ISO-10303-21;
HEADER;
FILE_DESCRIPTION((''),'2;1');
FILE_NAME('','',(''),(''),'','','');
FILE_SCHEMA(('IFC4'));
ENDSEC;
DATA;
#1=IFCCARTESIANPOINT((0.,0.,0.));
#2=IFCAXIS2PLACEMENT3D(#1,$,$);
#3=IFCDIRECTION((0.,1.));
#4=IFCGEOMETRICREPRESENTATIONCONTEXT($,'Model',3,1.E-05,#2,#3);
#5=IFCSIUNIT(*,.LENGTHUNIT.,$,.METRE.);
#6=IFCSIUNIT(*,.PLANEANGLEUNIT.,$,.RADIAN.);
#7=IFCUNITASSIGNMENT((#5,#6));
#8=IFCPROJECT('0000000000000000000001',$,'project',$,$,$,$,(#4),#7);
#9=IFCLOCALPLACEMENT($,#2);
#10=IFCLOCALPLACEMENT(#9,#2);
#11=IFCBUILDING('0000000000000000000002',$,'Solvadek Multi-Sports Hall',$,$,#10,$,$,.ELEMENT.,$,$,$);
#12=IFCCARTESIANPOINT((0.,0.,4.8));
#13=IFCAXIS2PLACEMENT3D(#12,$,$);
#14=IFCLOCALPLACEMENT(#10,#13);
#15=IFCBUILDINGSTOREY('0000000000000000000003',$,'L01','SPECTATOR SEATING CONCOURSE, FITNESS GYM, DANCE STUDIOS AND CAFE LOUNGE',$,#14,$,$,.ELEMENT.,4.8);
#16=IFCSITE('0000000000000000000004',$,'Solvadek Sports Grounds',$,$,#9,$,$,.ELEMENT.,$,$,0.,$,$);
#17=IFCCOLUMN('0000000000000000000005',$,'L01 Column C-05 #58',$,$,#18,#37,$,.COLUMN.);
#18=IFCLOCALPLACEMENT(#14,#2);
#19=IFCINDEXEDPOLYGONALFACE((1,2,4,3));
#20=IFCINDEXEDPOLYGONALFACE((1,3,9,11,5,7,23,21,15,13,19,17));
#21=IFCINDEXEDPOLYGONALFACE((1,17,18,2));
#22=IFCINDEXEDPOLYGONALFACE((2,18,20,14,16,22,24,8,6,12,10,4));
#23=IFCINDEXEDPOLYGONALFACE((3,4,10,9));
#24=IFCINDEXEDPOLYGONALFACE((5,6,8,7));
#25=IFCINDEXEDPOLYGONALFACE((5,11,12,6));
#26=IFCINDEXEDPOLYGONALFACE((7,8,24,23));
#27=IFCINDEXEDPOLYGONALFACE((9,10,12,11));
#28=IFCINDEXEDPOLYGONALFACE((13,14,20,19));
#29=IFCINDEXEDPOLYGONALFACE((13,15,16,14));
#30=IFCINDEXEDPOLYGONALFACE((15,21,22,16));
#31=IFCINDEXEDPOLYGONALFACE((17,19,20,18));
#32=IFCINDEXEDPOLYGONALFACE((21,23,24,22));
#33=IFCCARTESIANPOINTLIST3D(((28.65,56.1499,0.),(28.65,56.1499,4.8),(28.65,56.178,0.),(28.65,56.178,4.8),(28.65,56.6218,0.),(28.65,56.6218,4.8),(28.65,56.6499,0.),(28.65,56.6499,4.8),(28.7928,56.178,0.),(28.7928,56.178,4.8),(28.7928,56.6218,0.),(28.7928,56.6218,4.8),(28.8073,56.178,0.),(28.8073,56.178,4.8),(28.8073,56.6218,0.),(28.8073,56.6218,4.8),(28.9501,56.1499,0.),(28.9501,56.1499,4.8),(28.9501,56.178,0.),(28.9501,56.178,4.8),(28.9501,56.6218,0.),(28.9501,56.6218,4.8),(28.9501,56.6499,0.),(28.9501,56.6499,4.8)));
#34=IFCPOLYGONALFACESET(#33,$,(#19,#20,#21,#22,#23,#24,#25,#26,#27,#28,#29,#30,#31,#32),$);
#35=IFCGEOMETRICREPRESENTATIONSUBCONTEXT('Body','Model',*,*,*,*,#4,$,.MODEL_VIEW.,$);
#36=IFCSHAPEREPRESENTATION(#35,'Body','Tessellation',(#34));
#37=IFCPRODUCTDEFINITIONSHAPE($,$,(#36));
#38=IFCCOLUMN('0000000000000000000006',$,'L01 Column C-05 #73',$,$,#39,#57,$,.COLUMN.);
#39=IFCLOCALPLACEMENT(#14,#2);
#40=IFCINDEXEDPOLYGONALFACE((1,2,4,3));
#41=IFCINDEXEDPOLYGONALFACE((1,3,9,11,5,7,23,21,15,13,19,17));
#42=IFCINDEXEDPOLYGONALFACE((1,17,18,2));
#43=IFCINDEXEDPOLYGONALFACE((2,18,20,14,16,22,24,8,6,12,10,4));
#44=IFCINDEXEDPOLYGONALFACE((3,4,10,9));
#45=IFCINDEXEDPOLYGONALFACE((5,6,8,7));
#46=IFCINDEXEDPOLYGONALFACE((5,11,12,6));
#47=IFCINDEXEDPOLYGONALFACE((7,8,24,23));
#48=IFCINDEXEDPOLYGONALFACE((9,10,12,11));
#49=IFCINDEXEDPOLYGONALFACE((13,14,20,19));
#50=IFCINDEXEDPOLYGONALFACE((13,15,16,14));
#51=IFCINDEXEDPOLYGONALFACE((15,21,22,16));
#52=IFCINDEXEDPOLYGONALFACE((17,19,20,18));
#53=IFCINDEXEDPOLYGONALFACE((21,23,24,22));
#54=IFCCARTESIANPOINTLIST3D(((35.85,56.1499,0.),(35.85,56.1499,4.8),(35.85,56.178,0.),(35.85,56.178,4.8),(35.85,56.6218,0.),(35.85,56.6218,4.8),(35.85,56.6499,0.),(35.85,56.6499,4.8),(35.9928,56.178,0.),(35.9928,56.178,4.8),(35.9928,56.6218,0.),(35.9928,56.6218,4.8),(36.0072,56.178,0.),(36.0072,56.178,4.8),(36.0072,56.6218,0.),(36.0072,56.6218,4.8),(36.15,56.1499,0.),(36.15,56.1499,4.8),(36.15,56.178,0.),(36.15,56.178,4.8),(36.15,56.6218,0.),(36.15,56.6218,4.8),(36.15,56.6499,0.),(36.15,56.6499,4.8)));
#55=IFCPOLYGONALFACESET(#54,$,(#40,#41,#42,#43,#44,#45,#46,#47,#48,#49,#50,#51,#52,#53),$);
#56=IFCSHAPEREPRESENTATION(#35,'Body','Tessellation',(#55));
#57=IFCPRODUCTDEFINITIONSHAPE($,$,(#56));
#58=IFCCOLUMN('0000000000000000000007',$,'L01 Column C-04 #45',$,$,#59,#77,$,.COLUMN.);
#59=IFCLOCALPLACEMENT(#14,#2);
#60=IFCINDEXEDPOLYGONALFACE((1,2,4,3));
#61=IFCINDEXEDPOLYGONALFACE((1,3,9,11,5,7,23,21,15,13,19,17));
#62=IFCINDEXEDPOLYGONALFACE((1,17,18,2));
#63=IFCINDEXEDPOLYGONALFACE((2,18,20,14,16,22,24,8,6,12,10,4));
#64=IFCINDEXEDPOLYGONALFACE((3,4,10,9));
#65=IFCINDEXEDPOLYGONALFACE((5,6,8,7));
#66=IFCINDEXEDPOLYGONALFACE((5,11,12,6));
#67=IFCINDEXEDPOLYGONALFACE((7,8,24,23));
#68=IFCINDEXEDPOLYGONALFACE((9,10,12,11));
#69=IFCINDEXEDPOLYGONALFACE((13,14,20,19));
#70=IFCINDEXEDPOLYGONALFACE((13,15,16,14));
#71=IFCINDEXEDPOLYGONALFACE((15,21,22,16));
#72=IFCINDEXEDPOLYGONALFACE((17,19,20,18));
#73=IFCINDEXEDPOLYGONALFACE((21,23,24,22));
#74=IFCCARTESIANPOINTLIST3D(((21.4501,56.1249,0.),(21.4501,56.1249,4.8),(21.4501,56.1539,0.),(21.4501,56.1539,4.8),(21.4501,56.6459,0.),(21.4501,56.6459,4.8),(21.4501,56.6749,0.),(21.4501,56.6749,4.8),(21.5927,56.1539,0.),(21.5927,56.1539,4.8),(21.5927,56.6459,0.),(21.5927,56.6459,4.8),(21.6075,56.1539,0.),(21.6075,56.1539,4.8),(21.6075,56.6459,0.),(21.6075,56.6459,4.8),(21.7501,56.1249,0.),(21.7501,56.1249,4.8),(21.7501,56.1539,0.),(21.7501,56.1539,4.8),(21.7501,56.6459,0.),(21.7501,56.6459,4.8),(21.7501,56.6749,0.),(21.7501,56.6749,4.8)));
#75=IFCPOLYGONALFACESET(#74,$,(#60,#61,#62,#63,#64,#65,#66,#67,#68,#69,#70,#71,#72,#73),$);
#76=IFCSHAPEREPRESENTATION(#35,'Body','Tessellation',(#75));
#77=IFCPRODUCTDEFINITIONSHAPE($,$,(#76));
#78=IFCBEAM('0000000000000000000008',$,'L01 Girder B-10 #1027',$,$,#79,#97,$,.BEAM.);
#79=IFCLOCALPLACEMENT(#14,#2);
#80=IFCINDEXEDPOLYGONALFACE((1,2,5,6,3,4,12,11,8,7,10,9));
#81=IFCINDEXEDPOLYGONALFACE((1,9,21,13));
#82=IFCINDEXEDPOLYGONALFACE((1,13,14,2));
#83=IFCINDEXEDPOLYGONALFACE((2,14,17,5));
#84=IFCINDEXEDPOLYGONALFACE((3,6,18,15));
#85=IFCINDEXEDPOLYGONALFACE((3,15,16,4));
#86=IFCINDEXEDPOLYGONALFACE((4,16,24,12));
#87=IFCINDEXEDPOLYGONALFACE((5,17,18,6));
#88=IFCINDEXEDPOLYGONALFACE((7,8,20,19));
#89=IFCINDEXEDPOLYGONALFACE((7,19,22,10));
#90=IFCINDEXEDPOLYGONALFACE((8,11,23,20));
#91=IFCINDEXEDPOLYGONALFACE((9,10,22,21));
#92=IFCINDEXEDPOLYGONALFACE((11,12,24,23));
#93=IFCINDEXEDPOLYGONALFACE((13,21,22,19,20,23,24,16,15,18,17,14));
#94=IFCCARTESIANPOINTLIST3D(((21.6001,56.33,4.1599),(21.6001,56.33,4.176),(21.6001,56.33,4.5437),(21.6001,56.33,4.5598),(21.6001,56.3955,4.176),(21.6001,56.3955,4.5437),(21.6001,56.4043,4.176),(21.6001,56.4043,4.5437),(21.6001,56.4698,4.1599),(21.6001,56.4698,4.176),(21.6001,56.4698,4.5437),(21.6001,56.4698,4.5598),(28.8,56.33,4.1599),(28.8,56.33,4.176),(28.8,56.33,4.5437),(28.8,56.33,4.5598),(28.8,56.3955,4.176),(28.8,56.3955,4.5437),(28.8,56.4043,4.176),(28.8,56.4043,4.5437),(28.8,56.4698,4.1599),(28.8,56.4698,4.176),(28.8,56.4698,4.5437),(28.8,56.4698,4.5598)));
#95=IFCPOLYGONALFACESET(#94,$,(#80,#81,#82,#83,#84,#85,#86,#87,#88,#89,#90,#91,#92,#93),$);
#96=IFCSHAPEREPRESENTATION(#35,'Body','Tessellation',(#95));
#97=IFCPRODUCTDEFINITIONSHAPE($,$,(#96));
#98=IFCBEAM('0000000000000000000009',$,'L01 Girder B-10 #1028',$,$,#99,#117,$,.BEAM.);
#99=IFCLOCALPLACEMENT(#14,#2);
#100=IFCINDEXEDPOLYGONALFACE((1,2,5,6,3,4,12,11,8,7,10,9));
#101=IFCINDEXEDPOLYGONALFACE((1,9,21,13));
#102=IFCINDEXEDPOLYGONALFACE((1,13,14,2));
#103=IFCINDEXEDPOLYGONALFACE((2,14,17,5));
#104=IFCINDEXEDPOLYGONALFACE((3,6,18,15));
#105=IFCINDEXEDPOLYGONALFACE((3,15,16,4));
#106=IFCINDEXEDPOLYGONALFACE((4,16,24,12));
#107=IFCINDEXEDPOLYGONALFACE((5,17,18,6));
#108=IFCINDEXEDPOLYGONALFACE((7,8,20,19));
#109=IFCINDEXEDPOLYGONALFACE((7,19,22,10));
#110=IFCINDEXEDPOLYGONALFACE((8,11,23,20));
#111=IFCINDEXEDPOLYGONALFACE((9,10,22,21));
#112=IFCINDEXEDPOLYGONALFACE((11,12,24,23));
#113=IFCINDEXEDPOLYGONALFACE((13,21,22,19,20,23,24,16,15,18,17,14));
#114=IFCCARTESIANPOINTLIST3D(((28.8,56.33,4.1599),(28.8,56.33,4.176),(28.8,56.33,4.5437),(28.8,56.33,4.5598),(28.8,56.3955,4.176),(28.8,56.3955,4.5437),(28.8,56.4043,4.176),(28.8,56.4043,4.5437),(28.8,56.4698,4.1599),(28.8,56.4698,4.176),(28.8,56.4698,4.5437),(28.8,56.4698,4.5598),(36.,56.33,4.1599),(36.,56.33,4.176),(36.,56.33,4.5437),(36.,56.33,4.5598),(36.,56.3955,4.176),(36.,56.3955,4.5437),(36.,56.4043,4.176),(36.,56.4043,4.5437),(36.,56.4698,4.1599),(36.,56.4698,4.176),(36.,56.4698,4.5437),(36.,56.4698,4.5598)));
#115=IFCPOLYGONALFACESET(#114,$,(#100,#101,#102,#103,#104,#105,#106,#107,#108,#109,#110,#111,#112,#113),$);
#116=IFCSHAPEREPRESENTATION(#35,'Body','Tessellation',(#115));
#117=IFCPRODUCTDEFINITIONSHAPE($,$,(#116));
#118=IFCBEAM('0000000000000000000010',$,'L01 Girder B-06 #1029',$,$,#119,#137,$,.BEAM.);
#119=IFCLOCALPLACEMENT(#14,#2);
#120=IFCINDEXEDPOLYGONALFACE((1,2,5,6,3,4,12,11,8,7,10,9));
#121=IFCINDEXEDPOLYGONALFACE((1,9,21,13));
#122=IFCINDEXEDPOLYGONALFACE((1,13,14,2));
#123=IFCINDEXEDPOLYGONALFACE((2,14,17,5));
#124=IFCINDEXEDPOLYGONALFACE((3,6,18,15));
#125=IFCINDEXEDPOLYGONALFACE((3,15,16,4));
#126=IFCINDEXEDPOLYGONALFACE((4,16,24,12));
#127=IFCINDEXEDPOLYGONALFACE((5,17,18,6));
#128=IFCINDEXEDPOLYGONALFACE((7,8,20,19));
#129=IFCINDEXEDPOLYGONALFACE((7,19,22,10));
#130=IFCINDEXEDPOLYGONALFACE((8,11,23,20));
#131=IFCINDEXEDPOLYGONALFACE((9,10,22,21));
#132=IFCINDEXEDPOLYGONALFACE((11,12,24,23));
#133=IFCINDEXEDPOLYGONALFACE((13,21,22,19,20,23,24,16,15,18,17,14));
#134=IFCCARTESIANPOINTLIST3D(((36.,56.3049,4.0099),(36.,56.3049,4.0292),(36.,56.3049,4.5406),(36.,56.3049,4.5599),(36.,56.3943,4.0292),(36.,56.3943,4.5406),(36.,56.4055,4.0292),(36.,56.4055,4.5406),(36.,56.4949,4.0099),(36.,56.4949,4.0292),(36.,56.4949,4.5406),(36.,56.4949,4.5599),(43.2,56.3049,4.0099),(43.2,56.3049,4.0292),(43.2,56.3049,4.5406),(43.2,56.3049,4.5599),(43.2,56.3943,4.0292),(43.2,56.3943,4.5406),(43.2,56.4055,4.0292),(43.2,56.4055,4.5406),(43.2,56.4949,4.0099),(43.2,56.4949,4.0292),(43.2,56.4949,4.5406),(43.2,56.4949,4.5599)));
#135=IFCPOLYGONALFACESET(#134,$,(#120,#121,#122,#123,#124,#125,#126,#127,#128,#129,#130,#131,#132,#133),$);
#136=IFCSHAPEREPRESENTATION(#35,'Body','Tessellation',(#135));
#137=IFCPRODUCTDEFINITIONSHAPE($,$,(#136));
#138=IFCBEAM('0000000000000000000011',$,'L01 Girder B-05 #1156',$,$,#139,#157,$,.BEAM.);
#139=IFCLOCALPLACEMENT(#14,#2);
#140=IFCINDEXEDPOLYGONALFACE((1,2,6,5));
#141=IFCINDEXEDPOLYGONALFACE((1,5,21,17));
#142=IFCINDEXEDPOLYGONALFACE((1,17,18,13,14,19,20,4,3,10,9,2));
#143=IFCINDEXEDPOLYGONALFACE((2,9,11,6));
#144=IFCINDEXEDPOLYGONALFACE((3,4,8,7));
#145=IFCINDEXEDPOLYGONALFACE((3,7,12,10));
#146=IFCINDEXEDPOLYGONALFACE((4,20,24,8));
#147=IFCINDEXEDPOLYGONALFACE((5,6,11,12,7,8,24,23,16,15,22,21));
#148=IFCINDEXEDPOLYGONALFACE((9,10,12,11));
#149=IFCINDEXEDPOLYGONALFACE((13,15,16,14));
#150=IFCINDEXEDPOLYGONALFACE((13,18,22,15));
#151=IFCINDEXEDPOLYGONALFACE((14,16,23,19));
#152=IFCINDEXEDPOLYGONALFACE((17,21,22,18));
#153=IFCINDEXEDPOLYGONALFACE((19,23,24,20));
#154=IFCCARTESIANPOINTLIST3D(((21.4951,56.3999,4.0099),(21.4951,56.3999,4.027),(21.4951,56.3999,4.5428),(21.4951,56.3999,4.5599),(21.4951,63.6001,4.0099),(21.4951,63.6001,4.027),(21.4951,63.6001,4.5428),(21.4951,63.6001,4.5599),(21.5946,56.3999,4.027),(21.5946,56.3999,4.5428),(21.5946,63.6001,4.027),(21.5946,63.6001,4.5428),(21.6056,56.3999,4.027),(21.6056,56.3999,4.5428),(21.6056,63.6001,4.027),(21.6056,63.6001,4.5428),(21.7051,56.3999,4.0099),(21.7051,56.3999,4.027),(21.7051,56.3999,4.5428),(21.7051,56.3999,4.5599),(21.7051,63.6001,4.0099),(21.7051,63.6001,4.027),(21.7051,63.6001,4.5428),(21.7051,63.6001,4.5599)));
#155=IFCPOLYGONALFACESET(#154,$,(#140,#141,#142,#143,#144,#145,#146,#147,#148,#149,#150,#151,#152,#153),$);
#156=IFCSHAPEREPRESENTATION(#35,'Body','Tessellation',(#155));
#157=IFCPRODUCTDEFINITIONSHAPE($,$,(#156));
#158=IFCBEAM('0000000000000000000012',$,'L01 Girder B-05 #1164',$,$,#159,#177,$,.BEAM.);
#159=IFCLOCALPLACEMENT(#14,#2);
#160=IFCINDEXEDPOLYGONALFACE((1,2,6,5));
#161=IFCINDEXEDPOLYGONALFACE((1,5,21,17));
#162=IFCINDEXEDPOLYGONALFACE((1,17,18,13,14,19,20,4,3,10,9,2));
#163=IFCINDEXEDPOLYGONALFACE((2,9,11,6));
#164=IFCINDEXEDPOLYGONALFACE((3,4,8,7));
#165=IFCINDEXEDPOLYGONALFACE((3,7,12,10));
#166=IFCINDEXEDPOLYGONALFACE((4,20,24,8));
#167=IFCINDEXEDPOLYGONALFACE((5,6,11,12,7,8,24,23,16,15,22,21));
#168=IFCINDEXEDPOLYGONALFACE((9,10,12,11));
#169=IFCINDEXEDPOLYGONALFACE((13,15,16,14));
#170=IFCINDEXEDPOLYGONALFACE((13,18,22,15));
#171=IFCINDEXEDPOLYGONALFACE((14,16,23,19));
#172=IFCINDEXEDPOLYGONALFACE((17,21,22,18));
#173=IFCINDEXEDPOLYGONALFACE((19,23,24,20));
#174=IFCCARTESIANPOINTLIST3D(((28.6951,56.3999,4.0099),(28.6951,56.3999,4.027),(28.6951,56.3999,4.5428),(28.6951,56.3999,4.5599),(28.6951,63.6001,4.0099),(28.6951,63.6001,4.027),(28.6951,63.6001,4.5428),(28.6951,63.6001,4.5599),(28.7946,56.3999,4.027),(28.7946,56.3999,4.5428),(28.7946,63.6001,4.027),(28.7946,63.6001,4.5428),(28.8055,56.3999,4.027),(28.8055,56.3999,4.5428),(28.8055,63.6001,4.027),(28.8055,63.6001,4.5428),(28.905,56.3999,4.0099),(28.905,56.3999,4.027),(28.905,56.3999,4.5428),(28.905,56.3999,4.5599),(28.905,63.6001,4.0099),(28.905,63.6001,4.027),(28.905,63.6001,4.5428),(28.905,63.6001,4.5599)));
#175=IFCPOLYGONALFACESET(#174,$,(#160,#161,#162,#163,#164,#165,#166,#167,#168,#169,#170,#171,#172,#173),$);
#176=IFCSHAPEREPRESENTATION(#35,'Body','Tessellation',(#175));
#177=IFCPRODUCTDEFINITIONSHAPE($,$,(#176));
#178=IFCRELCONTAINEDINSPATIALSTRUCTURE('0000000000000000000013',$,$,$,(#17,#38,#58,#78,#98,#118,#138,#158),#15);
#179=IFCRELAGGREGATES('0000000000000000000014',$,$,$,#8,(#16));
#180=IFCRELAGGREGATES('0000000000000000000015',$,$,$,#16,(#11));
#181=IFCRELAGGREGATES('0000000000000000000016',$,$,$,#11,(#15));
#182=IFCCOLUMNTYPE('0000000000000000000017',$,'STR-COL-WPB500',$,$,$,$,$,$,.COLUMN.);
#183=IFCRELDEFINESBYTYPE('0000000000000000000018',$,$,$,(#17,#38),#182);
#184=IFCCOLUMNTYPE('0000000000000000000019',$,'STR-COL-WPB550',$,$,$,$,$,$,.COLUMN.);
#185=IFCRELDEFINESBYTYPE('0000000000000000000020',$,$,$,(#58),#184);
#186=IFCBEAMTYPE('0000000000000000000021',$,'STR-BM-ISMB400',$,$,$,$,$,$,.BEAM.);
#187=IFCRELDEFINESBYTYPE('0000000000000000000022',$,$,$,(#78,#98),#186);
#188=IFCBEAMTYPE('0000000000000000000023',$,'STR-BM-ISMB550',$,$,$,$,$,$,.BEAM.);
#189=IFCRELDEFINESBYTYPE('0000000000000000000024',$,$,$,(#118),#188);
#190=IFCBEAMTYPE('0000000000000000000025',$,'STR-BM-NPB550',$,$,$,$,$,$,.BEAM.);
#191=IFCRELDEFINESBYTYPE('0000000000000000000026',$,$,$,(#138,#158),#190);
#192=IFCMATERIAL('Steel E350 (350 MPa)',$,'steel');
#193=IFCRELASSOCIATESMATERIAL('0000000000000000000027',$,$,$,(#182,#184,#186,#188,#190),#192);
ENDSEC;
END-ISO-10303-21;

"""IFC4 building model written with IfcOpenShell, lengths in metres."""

from ifc_helpers import new_model, si_unit, direction, frame, origin, origin_2d, place, context, subcontext, project, spatial, i_section, extrude, material, material_profile, profile_set, type_object, element, save


model = new_model("IFC4")

# Units and contexts
model_context = context("Model", 3, precision=1e-05, world=origin(), true_north=direction((0.0, 1.0)))
body_context = subcontext(model_context, "Body", "Model", "MODEL_VIEW")
ifc_project = project(units=[si_unit("LENGTHUNIT", "METRE"), si_unit("PLANEANGLEUNIT", "RADIAN")], contexts=[model_context])

# Site, building, storey
site_placement = place(None, origin())
site = spatial("IfcSite", under=ifc_project, at=site_placement, Name="Solvadek Sports Grounds", CompositionType="ELEMENT", RefElevation=0.0)
building_placement = place(site_placement, origin())
building = spatial("IfcBuilding", under=site, at=building_placement, Name="Solvadek Multi-Sports Hall", CompositionType="ELEMENT")
storey_placement = place(building_placement, frame((0.0, 0.0, 4.8)))
storey = spatial("IfcBuildingStorey", under=building, at=storey_placement, Name="L01", Description="SPECTATOR SEATING CONCOURSE, FITNESS GYM, DANCE STUDIOS AND CAFE LOUNGE", CompositionType="ELEMENT", Elevation=4.8)

# Columns
ifc_material_1 = material(Name="Steel E350 (350 MPa)", Category="steel")
ifc_material_profile_1 = material_profile(ifc_material_1, i_section(OverallWidth=0.3, OverallDepth=0.5, WebThickness=0.0144, FlangeThickness=0.0281, at=origin_2d()), Name="WPB 500")
ifc_profile_set_1 = profile_set([ifc_material_profile_1], Name="Steel E350 (350 MPa)")
column_type_1 = type_object("IfcColumnType", Name="STR-COL-WPB500", PredefinedType="COLUMN", material=ifc_profile_set_1)
for number, where, z_axis, x_axis, name in (
    (1, (28.8, 56.3999, 0.0), (0.0, 0.0, 1.0), (1.0, 0.0, 0.0), "L01 Column C-05 #58"),
    (2, (36.0, 56.3999, 0.0), (0.0, 0.0, 1.0), (1.0, 0.0, 0.0), "L01 Column C-05 #73"),
):
    element("IfcColumn", number, at=place(storey_placement, frame(where, z_axis=z_axis, x_axis=x_axis)), inside=storey, type_object=column_type_1, Name=name, PredefinedType="COLUMN", context=body_context, shape_type="SweptSolid", body=[
        extrude(i_section(OverallWidth=0.3, OverallDepth=0.5, WebThickness=0.0144, FlangeThickness=0.0281, at=origin_2d()), origin(), (0.0, 0.0, 1.0), 4.8),
    ])
ifc_material_profile_2 = material_profile(ifc_material_1, i_section(OverallWidth=0.3, OverallDepth=0.55, WebThickness=0.0149, FlangeThickness=0.0291, at=origin_2d()), Name="WPB 550")
ifc_profile_set_2 = profile_set([ifc_material_profile_2], Name="Steel E350 (350 MPa)")
column_type_2 = type_object("IfcColumnType", Name="STR-COL-WPB550", PredefinedType="COLUMN", material=ifc_profile_set_2)
column_placement = place(storey_placement, frame((21.6001, 56.3999, 0.0), z_axis=(0.0, 0.0, 1.0), x_axis=(1.0, 0.0, 0.0)))
element("IfcColumn", 3, at=column_placement, inside=storey, type_object=column_type_2, Name="L01 Column C-04 #45", PredefinedType="COLUMN", context=body_context, shape_type="SweptSolid", body=[
    extrude(i_section(OverallWidth=0.3, OverallDepth=0.55, WebThickness=0.0149, FlangeThickness=0.0291, at=origin_2d()), origin(), (0.0, 0.0, 1.0), 4.8),
])

# Beams
ifc_material_profile_3 = material_profile(ifc_material_1, i_section(OverallWidth=0.1399, OverallDepth=0.3999, WebThickness=0.0088, FlangeThickness=0.0161, at=origin_2d()), Name="ISMB 400")
ifc_profile_set_3 = profile_set([ifc_material_profile_3], Name="Steel E350 (350 MPa)")
beam_type_1 = type_object("IfcBeamType", Name="STR-BM-ISMB400", PredefinedType="BEAM", material=ifc_profile_set_3)
for number, where, z_axis, x_axis, name in (
    (4, (21.6001, 56.3999, 4.3599), (1.0, 0.0, 0.0), (0.0, 1.0, 0.0), "L01 Girder B-10 #1027"),
    (5, (28.8, 56.3999, 4.3599), (1.0, 0.0, 0.0), (0.0, 1.0, 0.0), "L01 Girder B-10 #1028"),
):
    element("IfcBeam", number, at=place(storey_placement, frame(where, z_axis=z_axis, x_axis=x_axis)), inside=storey, type_object=beam_type_1, Name=name, PredefinedType="BEAM", context=body_context, shape_type="SweptSolid", body=[
        extrude(i_section(OverallWidth=0.1399, OverallDepth=0.3999, WebThickness=0.0088, FlangeThickness=0.0161, at=origin_2d()), origin(), (0.0, 0.0, 1.0), 7.2),
    ])
ifc_material_profile_4 = material_profile(ifc_material_1, i_section(OverallWidth=0.1899, OverallDepth=0.55, WebThickness=0.0112, FlangeThickness=0.0193, at=origin_2d()), Name="ISMB 550")
ifc_profile_set_4 = profile_set([ifc_material_profile_4], Name="Steel E350 (350 MPa)")
beam_type_2 = type_object("IfcBeamType", Name="STR-BM-ISMB550", PredefinedType="BEAM", material=ifc_profile_set_4)
beam_placement = place(storey_placement, frame((36.0, 56.3999, 4.2849), z_axis=(1.0, 0.0, 0.0), x_axis=(0.0, 1.0, 0.0)))
element("IfcBeam", 6, at=beam_placement, inside=storey, type_object=beam_type_2, Name="L01 Girder B-06 #1029", PredefinedType="BEAM", context=body_context, shape_type="SweptSolid", body=[
    extrude(i_section(OverallWidth=0.1899, OverallDepth=0.55, WebThickness=0.0112, FlangeThickness=0.0193, at=origin_2d()), origin(), (0.0, 0.0, 1.0), 7.2),
])
ifc_material_profile_5 = material_profile(ifc_material_1, i_section(OverallWidth=0.21, OverallDepth=0.55, WebThickness=0.011, FlangeThickness=0.0171, at=origin_2d()), Name="NPB 550")
ifc_profile_set_5 = profile_set([ifc_material_profile_5], Name="Steel E350 (350 MPa)")
beam_type_3 = type_object("IfcBeamType", Name="STR-BM-NPB550", PredefinedType="BEAM", material=ifc_profile_set_5)
for number, where, z_axis, x_axis, name in (
    (7, (21.6001, 56.3999, 4.2849), (0.0, 1.0, 0.0), (-1.0, 0.0, 0.0), "L01 Girder B-05 #1156"),
    (8, (28.8, 56.3999, 4.2849), (0.0, 1.0, 0.0), (-1.0, 0.0, 0.0), "L01 Girder B-05 #1164"),
):
    element("IfcBeam", number, at=place(storey_placement, frame(where, z_axis=z_axis, x_axis=x_axis)), inside=storey, type_object=beam_type_3, Name=name, PredefinedType="BEAM", context=body_context, shape_type="SweptSolid", body=[
        extrude(i_section(OverallWidth=0.21, OverallDepth=0.55, WebThickness=0.011, FlangeThickness=0.0171, at=origin_2d()), origin(), (0.0, 0.0, 1.0), 7.2002),
    ])

save(model, "model.ifc")
